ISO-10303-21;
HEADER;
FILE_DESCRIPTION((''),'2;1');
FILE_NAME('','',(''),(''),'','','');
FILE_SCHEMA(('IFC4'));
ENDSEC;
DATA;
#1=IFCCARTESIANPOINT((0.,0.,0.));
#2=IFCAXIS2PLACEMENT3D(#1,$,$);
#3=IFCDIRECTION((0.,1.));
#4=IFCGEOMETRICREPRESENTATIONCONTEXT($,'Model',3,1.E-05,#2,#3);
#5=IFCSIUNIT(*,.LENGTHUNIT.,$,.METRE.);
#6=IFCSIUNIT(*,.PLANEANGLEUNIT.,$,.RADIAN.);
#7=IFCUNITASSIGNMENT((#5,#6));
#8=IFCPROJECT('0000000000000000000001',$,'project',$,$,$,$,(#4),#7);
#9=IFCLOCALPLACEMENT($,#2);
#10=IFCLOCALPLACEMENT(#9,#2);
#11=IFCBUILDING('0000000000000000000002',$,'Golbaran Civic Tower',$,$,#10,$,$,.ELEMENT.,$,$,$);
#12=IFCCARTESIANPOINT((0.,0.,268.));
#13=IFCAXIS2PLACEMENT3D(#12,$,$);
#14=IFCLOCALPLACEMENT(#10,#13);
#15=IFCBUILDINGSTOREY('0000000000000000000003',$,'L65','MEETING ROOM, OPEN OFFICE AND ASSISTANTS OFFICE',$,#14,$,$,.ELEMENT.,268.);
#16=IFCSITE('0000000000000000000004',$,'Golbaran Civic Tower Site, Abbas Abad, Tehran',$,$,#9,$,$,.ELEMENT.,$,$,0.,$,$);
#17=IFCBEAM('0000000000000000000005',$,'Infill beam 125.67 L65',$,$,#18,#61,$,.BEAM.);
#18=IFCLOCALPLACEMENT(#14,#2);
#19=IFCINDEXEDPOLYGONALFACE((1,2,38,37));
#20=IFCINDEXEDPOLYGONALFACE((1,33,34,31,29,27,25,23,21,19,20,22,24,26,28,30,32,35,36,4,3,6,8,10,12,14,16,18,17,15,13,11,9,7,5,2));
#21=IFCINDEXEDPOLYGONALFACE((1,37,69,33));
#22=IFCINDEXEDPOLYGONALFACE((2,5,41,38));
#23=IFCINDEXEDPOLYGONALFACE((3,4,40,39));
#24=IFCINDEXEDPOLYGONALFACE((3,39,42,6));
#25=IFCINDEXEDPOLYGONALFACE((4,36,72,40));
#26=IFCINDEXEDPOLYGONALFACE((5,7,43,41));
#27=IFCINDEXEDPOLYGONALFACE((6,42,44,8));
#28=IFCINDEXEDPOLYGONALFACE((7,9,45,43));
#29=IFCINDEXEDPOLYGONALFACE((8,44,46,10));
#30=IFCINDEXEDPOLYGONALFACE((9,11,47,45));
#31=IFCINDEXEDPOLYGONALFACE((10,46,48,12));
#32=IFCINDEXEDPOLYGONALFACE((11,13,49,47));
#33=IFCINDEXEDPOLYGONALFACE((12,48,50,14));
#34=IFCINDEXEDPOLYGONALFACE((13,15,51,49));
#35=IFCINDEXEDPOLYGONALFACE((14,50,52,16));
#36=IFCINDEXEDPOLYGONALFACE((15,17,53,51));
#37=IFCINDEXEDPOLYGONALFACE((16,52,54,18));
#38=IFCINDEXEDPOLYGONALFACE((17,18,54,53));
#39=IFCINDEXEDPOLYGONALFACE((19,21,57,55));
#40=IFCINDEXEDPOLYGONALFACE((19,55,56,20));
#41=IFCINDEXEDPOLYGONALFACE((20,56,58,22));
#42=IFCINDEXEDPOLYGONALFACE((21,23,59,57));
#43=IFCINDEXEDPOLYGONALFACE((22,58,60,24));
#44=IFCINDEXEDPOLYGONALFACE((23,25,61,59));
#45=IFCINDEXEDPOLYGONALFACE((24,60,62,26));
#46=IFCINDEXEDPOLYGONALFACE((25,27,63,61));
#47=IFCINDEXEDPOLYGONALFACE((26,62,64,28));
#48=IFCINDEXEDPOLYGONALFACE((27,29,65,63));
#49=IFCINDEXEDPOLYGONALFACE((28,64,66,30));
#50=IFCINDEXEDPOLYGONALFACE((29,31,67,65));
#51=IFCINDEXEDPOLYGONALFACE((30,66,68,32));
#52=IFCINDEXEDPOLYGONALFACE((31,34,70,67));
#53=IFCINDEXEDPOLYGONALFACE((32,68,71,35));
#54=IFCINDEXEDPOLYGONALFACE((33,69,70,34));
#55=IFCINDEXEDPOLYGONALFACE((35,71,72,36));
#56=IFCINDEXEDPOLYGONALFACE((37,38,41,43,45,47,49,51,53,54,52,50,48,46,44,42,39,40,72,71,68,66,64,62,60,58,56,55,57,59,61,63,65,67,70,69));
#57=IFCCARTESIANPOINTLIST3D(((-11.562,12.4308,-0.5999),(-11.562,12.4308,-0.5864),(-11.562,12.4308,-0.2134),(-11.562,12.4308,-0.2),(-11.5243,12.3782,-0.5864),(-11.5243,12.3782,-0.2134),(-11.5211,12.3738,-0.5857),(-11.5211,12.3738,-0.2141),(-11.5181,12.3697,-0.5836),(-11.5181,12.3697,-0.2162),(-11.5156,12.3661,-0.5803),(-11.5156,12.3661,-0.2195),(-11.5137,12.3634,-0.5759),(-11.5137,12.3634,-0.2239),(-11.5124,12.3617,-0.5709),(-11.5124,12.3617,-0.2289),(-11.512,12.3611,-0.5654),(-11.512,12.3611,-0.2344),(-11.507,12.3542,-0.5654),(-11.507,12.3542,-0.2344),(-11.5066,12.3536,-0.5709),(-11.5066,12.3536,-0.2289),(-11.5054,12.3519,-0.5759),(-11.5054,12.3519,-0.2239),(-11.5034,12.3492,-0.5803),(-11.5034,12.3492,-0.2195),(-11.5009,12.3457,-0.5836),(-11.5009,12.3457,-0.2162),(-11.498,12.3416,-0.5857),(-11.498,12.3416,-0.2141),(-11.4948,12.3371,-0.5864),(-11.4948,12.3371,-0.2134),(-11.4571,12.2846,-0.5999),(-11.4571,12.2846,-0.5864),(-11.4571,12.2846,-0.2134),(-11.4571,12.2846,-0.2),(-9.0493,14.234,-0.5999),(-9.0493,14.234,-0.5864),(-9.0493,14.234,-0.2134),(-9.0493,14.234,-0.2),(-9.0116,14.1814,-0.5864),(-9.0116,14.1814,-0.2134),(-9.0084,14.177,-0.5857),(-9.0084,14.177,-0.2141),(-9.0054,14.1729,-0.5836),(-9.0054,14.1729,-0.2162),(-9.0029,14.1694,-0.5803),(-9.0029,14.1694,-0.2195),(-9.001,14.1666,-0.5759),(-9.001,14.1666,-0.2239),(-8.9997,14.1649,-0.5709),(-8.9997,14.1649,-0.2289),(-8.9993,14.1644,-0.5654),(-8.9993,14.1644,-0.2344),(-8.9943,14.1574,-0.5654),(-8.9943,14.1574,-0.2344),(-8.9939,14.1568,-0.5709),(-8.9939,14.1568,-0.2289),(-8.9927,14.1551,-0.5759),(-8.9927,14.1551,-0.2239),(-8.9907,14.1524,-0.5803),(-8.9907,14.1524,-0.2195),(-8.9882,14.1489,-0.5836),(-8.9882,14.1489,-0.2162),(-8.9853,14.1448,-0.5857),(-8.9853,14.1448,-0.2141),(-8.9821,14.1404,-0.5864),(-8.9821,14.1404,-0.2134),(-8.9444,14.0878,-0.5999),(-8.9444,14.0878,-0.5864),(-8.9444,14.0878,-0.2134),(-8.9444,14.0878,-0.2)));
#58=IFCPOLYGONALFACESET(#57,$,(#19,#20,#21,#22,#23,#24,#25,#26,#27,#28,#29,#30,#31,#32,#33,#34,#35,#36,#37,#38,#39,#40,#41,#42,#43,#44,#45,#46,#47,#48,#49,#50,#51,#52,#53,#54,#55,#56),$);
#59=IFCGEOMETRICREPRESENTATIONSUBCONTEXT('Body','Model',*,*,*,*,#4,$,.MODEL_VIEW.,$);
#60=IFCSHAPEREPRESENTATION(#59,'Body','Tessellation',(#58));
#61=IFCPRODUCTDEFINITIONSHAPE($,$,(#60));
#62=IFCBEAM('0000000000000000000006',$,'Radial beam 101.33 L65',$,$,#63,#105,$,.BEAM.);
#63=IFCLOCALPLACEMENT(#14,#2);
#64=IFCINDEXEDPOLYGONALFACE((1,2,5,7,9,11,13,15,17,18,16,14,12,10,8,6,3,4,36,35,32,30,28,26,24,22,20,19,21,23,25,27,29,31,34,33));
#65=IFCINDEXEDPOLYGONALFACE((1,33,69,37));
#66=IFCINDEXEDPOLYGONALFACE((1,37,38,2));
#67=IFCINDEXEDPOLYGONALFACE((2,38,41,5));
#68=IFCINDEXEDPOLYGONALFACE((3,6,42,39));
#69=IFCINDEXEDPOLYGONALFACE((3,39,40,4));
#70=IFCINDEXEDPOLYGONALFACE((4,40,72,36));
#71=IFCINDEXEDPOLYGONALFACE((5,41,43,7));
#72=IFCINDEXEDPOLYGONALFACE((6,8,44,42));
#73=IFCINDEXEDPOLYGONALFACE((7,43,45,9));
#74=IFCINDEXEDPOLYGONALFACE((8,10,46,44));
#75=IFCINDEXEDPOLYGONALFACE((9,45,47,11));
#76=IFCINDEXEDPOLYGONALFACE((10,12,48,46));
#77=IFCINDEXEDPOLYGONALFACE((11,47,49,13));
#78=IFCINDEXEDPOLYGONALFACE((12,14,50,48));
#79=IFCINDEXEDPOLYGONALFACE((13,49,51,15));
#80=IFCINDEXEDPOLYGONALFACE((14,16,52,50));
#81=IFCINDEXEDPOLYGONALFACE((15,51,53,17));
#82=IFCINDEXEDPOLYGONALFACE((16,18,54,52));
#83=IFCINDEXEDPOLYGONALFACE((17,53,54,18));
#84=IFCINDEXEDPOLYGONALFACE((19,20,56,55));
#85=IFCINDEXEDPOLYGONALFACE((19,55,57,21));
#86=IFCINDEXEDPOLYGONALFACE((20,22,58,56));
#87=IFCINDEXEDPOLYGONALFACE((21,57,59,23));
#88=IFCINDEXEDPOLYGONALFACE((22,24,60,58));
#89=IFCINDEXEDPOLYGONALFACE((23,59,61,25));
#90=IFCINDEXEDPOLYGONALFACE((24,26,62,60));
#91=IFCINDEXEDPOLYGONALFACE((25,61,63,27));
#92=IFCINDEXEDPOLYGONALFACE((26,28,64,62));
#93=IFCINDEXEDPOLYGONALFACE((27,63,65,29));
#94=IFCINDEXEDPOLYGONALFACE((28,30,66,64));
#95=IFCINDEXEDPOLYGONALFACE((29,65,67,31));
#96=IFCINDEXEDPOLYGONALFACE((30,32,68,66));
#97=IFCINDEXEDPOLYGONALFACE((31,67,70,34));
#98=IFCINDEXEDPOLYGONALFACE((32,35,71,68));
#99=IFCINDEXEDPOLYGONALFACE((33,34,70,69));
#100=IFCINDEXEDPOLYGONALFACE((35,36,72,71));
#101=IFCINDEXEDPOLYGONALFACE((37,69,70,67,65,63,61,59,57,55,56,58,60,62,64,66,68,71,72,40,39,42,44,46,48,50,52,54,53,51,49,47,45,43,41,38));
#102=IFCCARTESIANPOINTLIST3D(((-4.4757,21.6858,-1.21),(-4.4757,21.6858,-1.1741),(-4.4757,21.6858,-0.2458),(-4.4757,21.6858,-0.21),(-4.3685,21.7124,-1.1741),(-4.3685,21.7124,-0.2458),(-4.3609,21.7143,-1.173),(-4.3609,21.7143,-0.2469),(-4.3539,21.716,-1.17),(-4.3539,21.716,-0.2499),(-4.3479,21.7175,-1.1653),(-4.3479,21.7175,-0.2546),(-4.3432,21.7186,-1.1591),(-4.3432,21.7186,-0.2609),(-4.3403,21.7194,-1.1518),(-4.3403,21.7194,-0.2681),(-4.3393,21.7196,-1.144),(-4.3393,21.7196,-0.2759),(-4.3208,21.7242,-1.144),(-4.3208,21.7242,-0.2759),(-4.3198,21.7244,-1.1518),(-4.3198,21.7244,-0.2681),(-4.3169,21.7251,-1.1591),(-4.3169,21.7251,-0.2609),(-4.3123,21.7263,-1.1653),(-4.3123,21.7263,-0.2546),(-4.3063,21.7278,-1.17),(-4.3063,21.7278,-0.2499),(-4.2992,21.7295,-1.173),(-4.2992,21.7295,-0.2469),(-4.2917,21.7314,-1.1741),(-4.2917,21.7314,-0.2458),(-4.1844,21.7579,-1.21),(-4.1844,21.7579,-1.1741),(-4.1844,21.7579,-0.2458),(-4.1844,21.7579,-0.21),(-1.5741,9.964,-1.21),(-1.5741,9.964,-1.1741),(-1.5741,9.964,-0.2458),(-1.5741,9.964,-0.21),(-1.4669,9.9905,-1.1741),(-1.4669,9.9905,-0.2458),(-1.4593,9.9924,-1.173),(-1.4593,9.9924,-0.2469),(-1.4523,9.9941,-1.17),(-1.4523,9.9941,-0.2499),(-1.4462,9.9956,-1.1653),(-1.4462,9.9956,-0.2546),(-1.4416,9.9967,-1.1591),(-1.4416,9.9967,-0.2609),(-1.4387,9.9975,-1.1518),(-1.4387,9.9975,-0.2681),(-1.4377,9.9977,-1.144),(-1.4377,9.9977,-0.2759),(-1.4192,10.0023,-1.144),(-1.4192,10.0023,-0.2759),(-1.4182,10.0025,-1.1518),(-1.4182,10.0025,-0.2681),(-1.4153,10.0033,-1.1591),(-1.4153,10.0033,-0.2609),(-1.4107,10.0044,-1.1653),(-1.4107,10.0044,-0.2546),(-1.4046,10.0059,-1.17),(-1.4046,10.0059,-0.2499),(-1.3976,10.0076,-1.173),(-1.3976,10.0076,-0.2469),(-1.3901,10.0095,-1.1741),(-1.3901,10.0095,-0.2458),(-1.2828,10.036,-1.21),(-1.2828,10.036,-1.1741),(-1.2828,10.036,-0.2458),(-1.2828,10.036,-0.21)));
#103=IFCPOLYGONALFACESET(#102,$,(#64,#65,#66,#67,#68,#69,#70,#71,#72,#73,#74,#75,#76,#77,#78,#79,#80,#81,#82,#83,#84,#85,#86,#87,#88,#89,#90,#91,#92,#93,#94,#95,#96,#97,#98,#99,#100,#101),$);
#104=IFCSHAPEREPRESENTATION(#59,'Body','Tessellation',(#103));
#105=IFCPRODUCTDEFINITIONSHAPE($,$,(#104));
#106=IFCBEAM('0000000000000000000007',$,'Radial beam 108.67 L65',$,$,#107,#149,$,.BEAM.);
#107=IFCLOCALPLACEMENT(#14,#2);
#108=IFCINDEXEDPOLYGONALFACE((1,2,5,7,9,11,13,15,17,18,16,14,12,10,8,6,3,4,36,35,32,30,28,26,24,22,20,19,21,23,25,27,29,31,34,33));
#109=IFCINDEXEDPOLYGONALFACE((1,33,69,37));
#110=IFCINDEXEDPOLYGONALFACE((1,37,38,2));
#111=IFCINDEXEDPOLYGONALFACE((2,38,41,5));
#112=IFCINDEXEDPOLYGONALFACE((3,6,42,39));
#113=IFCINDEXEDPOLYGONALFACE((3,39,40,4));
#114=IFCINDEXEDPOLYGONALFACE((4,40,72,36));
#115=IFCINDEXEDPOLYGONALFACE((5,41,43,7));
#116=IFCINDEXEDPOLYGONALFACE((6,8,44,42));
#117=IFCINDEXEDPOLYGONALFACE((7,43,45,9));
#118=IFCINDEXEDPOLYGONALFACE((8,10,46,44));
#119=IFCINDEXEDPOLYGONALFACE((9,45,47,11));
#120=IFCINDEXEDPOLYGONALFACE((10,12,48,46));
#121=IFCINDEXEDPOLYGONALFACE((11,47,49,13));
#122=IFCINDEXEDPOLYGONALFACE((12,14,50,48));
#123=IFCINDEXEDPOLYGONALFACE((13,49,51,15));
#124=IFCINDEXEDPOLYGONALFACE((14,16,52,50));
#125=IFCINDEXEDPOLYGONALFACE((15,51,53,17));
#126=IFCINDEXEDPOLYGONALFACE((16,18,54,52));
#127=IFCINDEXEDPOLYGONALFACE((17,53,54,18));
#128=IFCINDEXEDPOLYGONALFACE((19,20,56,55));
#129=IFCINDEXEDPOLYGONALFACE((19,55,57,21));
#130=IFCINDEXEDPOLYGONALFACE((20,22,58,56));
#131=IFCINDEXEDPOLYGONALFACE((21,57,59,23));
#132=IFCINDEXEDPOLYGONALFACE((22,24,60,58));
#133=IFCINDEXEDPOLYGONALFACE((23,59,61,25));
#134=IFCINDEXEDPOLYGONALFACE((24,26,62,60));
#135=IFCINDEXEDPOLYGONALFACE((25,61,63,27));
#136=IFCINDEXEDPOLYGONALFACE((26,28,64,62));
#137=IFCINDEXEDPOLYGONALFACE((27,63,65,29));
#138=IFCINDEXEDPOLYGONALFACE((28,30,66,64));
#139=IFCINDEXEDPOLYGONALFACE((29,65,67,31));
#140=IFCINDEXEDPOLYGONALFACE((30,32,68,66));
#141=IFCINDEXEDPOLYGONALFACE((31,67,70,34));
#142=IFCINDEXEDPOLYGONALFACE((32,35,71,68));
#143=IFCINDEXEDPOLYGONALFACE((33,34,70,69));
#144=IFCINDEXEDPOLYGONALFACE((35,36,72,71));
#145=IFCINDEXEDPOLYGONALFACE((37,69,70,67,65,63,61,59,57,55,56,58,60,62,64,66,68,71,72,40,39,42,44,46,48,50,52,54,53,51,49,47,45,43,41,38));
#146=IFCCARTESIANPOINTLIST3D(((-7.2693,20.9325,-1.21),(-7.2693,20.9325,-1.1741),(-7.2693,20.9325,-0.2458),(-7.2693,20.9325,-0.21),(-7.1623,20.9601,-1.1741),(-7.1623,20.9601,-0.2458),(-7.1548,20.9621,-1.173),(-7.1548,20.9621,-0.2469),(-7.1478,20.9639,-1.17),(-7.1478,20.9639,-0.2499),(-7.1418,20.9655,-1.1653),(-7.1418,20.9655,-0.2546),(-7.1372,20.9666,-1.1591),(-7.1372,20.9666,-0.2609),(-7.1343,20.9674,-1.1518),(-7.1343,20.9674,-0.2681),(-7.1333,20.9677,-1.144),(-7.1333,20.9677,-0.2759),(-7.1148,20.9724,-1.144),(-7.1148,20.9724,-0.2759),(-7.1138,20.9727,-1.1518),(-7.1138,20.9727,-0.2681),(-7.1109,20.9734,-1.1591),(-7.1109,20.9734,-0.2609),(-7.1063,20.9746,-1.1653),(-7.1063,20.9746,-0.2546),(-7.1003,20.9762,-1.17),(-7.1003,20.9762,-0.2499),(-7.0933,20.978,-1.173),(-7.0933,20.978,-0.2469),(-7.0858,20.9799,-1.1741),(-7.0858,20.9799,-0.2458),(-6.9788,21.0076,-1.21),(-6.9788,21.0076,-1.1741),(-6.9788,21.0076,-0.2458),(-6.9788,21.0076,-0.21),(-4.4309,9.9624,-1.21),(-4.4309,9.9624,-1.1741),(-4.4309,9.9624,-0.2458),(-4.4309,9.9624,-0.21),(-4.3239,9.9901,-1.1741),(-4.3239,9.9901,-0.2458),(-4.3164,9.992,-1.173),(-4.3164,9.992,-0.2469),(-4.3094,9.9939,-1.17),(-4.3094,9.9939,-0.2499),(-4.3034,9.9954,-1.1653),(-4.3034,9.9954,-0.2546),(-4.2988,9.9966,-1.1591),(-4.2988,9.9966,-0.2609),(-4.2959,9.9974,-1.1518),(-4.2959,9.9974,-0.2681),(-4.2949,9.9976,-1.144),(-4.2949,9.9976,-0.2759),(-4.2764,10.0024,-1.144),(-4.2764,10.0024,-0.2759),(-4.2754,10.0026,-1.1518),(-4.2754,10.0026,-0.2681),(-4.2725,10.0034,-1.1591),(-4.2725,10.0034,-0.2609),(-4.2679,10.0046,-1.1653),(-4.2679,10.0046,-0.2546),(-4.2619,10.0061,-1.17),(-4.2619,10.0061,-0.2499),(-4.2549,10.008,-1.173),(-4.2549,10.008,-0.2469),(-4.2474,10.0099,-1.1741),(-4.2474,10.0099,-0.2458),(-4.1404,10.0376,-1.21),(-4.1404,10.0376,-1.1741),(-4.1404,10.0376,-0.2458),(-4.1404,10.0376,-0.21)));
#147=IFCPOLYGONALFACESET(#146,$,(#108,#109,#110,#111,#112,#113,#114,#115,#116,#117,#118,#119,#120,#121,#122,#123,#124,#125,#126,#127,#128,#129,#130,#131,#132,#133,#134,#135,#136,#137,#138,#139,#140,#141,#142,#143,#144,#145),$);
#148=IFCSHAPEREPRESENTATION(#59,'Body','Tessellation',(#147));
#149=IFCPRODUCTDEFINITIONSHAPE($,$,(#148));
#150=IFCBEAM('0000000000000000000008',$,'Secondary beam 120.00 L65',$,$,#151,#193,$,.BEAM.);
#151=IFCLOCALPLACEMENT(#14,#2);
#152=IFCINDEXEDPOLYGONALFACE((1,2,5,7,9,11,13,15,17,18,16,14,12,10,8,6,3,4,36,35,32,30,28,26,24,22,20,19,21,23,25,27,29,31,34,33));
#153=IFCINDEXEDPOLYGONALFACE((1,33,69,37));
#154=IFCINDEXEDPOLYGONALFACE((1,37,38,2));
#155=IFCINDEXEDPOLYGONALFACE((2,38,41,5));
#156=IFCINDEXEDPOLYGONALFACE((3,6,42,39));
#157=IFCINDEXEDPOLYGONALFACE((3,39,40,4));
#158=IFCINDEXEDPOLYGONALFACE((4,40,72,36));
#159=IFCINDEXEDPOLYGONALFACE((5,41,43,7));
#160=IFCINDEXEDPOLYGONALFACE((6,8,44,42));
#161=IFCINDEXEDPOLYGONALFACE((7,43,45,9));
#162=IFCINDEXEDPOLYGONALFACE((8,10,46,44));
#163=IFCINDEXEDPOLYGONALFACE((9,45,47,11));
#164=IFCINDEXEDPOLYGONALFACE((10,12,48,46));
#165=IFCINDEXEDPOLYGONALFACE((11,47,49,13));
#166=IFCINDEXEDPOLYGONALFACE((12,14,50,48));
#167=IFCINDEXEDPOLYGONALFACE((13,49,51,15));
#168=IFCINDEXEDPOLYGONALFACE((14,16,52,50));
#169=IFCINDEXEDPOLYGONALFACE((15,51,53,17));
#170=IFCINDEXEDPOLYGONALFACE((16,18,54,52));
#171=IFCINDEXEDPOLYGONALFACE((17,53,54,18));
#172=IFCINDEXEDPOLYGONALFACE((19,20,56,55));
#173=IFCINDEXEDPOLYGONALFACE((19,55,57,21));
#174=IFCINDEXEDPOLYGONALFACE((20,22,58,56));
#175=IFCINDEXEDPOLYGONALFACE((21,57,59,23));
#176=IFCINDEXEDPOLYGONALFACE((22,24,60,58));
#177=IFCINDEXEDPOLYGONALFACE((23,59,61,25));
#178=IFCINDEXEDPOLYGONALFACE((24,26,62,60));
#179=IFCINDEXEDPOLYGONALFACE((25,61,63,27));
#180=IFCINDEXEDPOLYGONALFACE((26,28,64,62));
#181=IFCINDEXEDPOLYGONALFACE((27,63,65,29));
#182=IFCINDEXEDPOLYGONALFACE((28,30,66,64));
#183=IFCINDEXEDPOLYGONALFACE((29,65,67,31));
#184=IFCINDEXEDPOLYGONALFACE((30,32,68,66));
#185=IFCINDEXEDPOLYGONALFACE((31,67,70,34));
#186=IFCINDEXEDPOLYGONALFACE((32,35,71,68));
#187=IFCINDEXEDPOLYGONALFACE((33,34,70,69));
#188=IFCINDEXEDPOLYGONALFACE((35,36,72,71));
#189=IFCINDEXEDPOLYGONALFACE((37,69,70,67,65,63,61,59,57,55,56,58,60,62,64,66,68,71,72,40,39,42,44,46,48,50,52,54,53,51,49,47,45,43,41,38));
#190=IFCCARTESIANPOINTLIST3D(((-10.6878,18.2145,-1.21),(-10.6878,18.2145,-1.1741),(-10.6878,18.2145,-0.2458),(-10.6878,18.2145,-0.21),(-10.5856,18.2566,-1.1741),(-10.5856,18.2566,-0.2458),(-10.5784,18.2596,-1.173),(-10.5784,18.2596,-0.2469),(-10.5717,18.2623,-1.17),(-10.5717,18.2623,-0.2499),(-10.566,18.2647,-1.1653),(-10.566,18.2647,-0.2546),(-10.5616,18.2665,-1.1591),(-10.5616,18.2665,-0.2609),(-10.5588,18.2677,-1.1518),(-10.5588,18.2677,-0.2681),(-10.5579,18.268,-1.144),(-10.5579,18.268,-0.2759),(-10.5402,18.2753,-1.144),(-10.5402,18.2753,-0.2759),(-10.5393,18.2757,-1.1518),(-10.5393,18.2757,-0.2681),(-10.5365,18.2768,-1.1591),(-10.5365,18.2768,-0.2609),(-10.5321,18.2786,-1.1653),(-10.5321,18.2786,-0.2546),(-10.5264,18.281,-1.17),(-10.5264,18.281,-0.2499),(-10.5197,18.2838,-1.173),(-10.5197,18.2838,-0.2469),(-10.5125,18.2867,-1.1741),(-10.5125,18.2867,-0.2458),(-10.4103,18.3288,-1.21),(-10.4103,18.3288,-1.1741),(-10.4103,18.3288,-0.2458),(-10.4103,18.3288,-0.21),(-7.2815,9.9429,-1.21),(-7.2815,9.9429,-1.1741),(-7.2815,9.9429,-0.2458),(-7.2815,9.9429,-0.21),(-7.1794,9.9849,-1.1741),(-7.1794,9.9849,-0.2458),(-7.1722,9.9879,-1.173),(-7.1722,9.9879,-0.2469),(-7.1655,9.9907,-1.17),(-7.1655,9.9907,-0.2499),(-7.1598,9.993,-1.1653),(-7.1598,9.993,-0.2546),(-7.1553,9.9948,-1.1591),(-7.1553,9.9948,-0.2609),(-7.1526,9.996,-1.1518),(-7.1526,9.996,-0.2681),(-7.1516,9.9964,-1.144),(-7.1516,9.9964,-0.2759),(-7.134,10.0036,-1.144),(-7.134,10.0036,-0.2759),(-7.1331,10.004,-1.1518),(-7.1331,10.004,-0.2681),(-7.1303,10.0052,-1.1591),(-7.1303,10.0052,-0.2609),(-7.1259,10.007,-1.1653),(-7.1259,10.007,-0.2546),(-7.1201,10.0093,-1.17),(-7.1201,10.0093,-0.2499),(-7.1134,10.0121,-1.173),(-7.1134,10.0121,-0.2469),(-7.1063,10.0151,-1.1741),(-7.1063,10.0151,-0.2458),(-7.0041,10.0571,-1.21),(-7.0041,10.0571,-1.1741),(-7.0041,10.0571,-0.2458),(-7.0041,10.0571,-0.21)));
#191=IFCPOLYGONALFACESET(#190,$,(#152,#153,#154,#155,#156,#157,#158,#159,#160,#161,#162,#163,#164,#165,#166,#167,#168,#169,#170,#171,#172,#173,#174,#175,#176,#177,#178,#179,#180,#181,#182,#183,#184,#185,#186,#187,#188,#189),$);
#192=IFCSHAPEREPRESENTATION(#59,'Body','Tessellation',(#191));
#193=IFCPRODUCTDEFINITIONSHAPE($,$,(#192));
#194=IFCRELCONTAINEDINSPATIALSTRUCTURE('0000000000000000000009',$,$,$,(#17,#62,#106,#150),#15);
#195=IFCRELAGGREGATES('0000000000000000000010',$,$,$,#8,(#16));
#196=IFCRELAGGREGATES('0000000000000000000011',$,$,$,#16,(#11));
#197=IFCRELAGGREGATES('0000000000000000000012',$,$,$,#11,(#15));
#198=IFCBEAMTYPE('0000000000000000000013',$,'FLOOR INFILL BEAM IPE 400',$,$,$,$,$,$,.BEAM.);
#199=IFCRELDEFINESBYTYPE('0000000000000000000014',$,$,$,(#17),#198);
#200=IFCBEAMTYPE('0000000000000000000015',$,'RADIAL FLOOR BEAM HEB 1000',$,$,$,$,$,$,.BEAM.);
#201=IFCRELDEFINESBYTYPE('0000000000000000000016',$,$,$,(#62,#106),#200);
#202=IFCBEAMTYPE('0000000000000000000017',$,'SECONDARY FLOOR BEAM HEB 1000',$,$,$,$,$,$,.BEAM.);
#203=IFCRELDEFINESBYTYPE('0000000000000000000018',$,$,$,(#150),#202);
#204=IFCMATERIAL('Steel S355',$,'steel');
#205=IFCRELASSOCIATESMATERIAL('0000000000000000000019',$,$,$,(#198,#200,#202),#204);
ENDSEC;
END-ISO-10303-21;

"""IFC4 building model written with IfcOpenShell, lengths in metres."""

from ifc_helpers import new_model, si_unit, direction, frame, origin, origin_2d, place, context, subcontext, project, spatial, i_section, extrude, material, material_profile, profile_set, type_object, element, save


model = new_model("IFC4")

# Units and contexts
model_context = context("Model", 3, precision=1e-05, world=origin(), true_north=direction((0.0, 1.0)))
body_context = subcontext(model_context, "Body", "Model", "MODEL_VIEW")
ifc_project = project(units=[si_unit("LENGTHUNIT", "METRE"), si_unit("PLANEANGLEUNIT", "RADIAN")], contexts=[model_context])

# Site, building, storey
site_placement = place(None, origin())
site = spatial("IfcSite", under=ifc_project, at=site_placement, Name="Golbaran Civic Tower Site, Abbas Abad, Tehran", CompositionType="ELEMENT", RefElevation=0.0)
building_placement = place(site_placement, origin())
building = spatial("IfcBuilding", under=site, at=building_placement, Name="Golbaran Civic Tower", CompositionType="ELEMENT")
storey_placement = place(building_placement, frame((0.0, 0.0, 268.0)))
storey = spatial("IfcBuildingStorey", under=building, at=storey_placement, Name="L65", Description="MEETING ROOM, OPEN OFFICE AND ASSISTANTS OFFICE", CompositionType="ELEMENT", Elevation=268.0)

# Beams
ifc_material_1 = material(Name="Steel S355", Category="steel")
ifc_material_profile_1 = material_profile(ifc_material_1, i_section(OverallWidth=0.1799, OverallDepth=0.3999, WebThickness=0.0085, FlangeThickness=0.0134, FilletRadius=0.021, at=origin_2d()), Name="IPE 400")
ifc_profile_set_1 = profile_set([ifc_material_profile_1], Name="Steel S355")
beam_type_1 = type_object("IfcBeamType", Name="FLOOR INFILL BEAM IPE 400", PredefinedType="BEAM", material=ifc_profile_set_1)
beam_1_placement = place(storey_placement, frame((-8.9968, 14.1609, -0.3999), z_axis=(-0.812441, -0.583044, 0.0), x_axis=(0.583044, -0.812441, 0.0)))
element("IfcBeam", 1, at=beam_1_placement, inside=storey, type_object=beam_type_1, Name="Infill beam 125.67 L65", PredefinedType="BEAM", context=body_context, shape_type="SweptSolid", body=[
    extrude(i_section(OverallWidth=0.1799, OverallDepth=0.3999, WebThickness=0.0085, FlangeThickness=0.0134, FilletRadius=0.021, at=origin_2d()), origin(), (0.0, 0.0, 1.0), 3.0928),
])
ifc_material_profile_2 = material_profile(ifc_material_1, i_section(OverallWidth=0.3, OverallDepth=1.0, WebThickness=0.019, FlangeThickness=0.0359, FilletRadius=0.03, at=origin_2d()), Name="HEB 1000")
ifc_profile_set_2 = profile_set([ifc_material_profile_2], Name="Steel S355")
beam_type_2 = type_object("IfcBeamType", Name="RADIAL FLOOR BEAM HEB 1000", PredefinedType="BEAM", material=ifc_profile_set_2)
beam_2_placement = place(storey_placement, frame((-1.4285, 10.0, -0.71), z_axis=(-0.240285, 0.970702, 0.0), x_axis=(-0.970702, -0.240285, 0.0)))
element("IfcBeam", 2, at=beam_2_placement, inside=storey, type_object=beam_type_2, Name="Radial beam 101.33 L65", PredefinedType="BEAM", context=body_context, shape_type="SweptSolid", body=[
    extrude(i_section(OverallWidth=0.3, OverallDepth=1.0, WebThickness=0.019, FlangeThickness=0.0359, FilletRadius=0.03, at=origin_2d()), origin(), (0.0, 0.0, 1.0), 12.0757),
])
beam_3_placement = place(storey_placement, frame((-4.2856, 10.0, -0.71), z_axis=(-0.250492, 0.968119, 0.0), x_axis=(-0.968119, -0.250492, 0.0)))
element("IfcBeam", 3, at=beam_3_placement, inside=storey, type_object=beam_type_2, Name="Radial beam 108.67 L65", PredefinedType="BEAM", context=body_context, shape_type="SweptSolid", body=[
    extrude(i_section(OverallWidth=0.3, OverallDepth=1.0, WebThickness=0.019, FlangeThickness=0.0359, FilletRadius=0.03, at=origin_2d()), origin(), (0.0, 0.0, 1.0), 11.3313),
])
ifc_material_profile_3 = material_profile(ifc_material_1, i_section(OverallWidth=0.3, OverallDepth=1.0, WebThickness=0.019, FlangeThickness=0.0359, FilletRadius=0.03, at=origin_2d()), Name="HEB 1000")
ifc_profile_set_3 = profile_set([ifc_material_profile_3], Name="Steel S355")
beam_type_3 = type_object("IfcBeamType", Name="SECONDARY FLOOR BEAM HEB 1000", PredefinedType="BEAM", material=ifc_profile_set_3)
beam_4_placement = place(storey_placement, frame((-7.1428, 10.0, -0.71), z_axis=(-0.380773, 0.924668, 0.0), x_axis=(-0.924668, -0.380773, 0.0)))
element("IfcBeam", 4, at=beam_4_placement, inside=storey, type_object=beam_type_3, Name="Secondary beam 120.00 L65", PredefinedType="BEAM", context=body_context, shape_type="SweptSolid", body=[
    extrude(i_section(OverallWidth=0.3, OverallDepth=1.0, WebThickness=0.019, FlangeThickness=0.0359, FilletRadius=0.03, at=origin_2d()), origin(), (0.0, 0.0, 1.0), 8.9456),
])

save(model, "model.ifc")
